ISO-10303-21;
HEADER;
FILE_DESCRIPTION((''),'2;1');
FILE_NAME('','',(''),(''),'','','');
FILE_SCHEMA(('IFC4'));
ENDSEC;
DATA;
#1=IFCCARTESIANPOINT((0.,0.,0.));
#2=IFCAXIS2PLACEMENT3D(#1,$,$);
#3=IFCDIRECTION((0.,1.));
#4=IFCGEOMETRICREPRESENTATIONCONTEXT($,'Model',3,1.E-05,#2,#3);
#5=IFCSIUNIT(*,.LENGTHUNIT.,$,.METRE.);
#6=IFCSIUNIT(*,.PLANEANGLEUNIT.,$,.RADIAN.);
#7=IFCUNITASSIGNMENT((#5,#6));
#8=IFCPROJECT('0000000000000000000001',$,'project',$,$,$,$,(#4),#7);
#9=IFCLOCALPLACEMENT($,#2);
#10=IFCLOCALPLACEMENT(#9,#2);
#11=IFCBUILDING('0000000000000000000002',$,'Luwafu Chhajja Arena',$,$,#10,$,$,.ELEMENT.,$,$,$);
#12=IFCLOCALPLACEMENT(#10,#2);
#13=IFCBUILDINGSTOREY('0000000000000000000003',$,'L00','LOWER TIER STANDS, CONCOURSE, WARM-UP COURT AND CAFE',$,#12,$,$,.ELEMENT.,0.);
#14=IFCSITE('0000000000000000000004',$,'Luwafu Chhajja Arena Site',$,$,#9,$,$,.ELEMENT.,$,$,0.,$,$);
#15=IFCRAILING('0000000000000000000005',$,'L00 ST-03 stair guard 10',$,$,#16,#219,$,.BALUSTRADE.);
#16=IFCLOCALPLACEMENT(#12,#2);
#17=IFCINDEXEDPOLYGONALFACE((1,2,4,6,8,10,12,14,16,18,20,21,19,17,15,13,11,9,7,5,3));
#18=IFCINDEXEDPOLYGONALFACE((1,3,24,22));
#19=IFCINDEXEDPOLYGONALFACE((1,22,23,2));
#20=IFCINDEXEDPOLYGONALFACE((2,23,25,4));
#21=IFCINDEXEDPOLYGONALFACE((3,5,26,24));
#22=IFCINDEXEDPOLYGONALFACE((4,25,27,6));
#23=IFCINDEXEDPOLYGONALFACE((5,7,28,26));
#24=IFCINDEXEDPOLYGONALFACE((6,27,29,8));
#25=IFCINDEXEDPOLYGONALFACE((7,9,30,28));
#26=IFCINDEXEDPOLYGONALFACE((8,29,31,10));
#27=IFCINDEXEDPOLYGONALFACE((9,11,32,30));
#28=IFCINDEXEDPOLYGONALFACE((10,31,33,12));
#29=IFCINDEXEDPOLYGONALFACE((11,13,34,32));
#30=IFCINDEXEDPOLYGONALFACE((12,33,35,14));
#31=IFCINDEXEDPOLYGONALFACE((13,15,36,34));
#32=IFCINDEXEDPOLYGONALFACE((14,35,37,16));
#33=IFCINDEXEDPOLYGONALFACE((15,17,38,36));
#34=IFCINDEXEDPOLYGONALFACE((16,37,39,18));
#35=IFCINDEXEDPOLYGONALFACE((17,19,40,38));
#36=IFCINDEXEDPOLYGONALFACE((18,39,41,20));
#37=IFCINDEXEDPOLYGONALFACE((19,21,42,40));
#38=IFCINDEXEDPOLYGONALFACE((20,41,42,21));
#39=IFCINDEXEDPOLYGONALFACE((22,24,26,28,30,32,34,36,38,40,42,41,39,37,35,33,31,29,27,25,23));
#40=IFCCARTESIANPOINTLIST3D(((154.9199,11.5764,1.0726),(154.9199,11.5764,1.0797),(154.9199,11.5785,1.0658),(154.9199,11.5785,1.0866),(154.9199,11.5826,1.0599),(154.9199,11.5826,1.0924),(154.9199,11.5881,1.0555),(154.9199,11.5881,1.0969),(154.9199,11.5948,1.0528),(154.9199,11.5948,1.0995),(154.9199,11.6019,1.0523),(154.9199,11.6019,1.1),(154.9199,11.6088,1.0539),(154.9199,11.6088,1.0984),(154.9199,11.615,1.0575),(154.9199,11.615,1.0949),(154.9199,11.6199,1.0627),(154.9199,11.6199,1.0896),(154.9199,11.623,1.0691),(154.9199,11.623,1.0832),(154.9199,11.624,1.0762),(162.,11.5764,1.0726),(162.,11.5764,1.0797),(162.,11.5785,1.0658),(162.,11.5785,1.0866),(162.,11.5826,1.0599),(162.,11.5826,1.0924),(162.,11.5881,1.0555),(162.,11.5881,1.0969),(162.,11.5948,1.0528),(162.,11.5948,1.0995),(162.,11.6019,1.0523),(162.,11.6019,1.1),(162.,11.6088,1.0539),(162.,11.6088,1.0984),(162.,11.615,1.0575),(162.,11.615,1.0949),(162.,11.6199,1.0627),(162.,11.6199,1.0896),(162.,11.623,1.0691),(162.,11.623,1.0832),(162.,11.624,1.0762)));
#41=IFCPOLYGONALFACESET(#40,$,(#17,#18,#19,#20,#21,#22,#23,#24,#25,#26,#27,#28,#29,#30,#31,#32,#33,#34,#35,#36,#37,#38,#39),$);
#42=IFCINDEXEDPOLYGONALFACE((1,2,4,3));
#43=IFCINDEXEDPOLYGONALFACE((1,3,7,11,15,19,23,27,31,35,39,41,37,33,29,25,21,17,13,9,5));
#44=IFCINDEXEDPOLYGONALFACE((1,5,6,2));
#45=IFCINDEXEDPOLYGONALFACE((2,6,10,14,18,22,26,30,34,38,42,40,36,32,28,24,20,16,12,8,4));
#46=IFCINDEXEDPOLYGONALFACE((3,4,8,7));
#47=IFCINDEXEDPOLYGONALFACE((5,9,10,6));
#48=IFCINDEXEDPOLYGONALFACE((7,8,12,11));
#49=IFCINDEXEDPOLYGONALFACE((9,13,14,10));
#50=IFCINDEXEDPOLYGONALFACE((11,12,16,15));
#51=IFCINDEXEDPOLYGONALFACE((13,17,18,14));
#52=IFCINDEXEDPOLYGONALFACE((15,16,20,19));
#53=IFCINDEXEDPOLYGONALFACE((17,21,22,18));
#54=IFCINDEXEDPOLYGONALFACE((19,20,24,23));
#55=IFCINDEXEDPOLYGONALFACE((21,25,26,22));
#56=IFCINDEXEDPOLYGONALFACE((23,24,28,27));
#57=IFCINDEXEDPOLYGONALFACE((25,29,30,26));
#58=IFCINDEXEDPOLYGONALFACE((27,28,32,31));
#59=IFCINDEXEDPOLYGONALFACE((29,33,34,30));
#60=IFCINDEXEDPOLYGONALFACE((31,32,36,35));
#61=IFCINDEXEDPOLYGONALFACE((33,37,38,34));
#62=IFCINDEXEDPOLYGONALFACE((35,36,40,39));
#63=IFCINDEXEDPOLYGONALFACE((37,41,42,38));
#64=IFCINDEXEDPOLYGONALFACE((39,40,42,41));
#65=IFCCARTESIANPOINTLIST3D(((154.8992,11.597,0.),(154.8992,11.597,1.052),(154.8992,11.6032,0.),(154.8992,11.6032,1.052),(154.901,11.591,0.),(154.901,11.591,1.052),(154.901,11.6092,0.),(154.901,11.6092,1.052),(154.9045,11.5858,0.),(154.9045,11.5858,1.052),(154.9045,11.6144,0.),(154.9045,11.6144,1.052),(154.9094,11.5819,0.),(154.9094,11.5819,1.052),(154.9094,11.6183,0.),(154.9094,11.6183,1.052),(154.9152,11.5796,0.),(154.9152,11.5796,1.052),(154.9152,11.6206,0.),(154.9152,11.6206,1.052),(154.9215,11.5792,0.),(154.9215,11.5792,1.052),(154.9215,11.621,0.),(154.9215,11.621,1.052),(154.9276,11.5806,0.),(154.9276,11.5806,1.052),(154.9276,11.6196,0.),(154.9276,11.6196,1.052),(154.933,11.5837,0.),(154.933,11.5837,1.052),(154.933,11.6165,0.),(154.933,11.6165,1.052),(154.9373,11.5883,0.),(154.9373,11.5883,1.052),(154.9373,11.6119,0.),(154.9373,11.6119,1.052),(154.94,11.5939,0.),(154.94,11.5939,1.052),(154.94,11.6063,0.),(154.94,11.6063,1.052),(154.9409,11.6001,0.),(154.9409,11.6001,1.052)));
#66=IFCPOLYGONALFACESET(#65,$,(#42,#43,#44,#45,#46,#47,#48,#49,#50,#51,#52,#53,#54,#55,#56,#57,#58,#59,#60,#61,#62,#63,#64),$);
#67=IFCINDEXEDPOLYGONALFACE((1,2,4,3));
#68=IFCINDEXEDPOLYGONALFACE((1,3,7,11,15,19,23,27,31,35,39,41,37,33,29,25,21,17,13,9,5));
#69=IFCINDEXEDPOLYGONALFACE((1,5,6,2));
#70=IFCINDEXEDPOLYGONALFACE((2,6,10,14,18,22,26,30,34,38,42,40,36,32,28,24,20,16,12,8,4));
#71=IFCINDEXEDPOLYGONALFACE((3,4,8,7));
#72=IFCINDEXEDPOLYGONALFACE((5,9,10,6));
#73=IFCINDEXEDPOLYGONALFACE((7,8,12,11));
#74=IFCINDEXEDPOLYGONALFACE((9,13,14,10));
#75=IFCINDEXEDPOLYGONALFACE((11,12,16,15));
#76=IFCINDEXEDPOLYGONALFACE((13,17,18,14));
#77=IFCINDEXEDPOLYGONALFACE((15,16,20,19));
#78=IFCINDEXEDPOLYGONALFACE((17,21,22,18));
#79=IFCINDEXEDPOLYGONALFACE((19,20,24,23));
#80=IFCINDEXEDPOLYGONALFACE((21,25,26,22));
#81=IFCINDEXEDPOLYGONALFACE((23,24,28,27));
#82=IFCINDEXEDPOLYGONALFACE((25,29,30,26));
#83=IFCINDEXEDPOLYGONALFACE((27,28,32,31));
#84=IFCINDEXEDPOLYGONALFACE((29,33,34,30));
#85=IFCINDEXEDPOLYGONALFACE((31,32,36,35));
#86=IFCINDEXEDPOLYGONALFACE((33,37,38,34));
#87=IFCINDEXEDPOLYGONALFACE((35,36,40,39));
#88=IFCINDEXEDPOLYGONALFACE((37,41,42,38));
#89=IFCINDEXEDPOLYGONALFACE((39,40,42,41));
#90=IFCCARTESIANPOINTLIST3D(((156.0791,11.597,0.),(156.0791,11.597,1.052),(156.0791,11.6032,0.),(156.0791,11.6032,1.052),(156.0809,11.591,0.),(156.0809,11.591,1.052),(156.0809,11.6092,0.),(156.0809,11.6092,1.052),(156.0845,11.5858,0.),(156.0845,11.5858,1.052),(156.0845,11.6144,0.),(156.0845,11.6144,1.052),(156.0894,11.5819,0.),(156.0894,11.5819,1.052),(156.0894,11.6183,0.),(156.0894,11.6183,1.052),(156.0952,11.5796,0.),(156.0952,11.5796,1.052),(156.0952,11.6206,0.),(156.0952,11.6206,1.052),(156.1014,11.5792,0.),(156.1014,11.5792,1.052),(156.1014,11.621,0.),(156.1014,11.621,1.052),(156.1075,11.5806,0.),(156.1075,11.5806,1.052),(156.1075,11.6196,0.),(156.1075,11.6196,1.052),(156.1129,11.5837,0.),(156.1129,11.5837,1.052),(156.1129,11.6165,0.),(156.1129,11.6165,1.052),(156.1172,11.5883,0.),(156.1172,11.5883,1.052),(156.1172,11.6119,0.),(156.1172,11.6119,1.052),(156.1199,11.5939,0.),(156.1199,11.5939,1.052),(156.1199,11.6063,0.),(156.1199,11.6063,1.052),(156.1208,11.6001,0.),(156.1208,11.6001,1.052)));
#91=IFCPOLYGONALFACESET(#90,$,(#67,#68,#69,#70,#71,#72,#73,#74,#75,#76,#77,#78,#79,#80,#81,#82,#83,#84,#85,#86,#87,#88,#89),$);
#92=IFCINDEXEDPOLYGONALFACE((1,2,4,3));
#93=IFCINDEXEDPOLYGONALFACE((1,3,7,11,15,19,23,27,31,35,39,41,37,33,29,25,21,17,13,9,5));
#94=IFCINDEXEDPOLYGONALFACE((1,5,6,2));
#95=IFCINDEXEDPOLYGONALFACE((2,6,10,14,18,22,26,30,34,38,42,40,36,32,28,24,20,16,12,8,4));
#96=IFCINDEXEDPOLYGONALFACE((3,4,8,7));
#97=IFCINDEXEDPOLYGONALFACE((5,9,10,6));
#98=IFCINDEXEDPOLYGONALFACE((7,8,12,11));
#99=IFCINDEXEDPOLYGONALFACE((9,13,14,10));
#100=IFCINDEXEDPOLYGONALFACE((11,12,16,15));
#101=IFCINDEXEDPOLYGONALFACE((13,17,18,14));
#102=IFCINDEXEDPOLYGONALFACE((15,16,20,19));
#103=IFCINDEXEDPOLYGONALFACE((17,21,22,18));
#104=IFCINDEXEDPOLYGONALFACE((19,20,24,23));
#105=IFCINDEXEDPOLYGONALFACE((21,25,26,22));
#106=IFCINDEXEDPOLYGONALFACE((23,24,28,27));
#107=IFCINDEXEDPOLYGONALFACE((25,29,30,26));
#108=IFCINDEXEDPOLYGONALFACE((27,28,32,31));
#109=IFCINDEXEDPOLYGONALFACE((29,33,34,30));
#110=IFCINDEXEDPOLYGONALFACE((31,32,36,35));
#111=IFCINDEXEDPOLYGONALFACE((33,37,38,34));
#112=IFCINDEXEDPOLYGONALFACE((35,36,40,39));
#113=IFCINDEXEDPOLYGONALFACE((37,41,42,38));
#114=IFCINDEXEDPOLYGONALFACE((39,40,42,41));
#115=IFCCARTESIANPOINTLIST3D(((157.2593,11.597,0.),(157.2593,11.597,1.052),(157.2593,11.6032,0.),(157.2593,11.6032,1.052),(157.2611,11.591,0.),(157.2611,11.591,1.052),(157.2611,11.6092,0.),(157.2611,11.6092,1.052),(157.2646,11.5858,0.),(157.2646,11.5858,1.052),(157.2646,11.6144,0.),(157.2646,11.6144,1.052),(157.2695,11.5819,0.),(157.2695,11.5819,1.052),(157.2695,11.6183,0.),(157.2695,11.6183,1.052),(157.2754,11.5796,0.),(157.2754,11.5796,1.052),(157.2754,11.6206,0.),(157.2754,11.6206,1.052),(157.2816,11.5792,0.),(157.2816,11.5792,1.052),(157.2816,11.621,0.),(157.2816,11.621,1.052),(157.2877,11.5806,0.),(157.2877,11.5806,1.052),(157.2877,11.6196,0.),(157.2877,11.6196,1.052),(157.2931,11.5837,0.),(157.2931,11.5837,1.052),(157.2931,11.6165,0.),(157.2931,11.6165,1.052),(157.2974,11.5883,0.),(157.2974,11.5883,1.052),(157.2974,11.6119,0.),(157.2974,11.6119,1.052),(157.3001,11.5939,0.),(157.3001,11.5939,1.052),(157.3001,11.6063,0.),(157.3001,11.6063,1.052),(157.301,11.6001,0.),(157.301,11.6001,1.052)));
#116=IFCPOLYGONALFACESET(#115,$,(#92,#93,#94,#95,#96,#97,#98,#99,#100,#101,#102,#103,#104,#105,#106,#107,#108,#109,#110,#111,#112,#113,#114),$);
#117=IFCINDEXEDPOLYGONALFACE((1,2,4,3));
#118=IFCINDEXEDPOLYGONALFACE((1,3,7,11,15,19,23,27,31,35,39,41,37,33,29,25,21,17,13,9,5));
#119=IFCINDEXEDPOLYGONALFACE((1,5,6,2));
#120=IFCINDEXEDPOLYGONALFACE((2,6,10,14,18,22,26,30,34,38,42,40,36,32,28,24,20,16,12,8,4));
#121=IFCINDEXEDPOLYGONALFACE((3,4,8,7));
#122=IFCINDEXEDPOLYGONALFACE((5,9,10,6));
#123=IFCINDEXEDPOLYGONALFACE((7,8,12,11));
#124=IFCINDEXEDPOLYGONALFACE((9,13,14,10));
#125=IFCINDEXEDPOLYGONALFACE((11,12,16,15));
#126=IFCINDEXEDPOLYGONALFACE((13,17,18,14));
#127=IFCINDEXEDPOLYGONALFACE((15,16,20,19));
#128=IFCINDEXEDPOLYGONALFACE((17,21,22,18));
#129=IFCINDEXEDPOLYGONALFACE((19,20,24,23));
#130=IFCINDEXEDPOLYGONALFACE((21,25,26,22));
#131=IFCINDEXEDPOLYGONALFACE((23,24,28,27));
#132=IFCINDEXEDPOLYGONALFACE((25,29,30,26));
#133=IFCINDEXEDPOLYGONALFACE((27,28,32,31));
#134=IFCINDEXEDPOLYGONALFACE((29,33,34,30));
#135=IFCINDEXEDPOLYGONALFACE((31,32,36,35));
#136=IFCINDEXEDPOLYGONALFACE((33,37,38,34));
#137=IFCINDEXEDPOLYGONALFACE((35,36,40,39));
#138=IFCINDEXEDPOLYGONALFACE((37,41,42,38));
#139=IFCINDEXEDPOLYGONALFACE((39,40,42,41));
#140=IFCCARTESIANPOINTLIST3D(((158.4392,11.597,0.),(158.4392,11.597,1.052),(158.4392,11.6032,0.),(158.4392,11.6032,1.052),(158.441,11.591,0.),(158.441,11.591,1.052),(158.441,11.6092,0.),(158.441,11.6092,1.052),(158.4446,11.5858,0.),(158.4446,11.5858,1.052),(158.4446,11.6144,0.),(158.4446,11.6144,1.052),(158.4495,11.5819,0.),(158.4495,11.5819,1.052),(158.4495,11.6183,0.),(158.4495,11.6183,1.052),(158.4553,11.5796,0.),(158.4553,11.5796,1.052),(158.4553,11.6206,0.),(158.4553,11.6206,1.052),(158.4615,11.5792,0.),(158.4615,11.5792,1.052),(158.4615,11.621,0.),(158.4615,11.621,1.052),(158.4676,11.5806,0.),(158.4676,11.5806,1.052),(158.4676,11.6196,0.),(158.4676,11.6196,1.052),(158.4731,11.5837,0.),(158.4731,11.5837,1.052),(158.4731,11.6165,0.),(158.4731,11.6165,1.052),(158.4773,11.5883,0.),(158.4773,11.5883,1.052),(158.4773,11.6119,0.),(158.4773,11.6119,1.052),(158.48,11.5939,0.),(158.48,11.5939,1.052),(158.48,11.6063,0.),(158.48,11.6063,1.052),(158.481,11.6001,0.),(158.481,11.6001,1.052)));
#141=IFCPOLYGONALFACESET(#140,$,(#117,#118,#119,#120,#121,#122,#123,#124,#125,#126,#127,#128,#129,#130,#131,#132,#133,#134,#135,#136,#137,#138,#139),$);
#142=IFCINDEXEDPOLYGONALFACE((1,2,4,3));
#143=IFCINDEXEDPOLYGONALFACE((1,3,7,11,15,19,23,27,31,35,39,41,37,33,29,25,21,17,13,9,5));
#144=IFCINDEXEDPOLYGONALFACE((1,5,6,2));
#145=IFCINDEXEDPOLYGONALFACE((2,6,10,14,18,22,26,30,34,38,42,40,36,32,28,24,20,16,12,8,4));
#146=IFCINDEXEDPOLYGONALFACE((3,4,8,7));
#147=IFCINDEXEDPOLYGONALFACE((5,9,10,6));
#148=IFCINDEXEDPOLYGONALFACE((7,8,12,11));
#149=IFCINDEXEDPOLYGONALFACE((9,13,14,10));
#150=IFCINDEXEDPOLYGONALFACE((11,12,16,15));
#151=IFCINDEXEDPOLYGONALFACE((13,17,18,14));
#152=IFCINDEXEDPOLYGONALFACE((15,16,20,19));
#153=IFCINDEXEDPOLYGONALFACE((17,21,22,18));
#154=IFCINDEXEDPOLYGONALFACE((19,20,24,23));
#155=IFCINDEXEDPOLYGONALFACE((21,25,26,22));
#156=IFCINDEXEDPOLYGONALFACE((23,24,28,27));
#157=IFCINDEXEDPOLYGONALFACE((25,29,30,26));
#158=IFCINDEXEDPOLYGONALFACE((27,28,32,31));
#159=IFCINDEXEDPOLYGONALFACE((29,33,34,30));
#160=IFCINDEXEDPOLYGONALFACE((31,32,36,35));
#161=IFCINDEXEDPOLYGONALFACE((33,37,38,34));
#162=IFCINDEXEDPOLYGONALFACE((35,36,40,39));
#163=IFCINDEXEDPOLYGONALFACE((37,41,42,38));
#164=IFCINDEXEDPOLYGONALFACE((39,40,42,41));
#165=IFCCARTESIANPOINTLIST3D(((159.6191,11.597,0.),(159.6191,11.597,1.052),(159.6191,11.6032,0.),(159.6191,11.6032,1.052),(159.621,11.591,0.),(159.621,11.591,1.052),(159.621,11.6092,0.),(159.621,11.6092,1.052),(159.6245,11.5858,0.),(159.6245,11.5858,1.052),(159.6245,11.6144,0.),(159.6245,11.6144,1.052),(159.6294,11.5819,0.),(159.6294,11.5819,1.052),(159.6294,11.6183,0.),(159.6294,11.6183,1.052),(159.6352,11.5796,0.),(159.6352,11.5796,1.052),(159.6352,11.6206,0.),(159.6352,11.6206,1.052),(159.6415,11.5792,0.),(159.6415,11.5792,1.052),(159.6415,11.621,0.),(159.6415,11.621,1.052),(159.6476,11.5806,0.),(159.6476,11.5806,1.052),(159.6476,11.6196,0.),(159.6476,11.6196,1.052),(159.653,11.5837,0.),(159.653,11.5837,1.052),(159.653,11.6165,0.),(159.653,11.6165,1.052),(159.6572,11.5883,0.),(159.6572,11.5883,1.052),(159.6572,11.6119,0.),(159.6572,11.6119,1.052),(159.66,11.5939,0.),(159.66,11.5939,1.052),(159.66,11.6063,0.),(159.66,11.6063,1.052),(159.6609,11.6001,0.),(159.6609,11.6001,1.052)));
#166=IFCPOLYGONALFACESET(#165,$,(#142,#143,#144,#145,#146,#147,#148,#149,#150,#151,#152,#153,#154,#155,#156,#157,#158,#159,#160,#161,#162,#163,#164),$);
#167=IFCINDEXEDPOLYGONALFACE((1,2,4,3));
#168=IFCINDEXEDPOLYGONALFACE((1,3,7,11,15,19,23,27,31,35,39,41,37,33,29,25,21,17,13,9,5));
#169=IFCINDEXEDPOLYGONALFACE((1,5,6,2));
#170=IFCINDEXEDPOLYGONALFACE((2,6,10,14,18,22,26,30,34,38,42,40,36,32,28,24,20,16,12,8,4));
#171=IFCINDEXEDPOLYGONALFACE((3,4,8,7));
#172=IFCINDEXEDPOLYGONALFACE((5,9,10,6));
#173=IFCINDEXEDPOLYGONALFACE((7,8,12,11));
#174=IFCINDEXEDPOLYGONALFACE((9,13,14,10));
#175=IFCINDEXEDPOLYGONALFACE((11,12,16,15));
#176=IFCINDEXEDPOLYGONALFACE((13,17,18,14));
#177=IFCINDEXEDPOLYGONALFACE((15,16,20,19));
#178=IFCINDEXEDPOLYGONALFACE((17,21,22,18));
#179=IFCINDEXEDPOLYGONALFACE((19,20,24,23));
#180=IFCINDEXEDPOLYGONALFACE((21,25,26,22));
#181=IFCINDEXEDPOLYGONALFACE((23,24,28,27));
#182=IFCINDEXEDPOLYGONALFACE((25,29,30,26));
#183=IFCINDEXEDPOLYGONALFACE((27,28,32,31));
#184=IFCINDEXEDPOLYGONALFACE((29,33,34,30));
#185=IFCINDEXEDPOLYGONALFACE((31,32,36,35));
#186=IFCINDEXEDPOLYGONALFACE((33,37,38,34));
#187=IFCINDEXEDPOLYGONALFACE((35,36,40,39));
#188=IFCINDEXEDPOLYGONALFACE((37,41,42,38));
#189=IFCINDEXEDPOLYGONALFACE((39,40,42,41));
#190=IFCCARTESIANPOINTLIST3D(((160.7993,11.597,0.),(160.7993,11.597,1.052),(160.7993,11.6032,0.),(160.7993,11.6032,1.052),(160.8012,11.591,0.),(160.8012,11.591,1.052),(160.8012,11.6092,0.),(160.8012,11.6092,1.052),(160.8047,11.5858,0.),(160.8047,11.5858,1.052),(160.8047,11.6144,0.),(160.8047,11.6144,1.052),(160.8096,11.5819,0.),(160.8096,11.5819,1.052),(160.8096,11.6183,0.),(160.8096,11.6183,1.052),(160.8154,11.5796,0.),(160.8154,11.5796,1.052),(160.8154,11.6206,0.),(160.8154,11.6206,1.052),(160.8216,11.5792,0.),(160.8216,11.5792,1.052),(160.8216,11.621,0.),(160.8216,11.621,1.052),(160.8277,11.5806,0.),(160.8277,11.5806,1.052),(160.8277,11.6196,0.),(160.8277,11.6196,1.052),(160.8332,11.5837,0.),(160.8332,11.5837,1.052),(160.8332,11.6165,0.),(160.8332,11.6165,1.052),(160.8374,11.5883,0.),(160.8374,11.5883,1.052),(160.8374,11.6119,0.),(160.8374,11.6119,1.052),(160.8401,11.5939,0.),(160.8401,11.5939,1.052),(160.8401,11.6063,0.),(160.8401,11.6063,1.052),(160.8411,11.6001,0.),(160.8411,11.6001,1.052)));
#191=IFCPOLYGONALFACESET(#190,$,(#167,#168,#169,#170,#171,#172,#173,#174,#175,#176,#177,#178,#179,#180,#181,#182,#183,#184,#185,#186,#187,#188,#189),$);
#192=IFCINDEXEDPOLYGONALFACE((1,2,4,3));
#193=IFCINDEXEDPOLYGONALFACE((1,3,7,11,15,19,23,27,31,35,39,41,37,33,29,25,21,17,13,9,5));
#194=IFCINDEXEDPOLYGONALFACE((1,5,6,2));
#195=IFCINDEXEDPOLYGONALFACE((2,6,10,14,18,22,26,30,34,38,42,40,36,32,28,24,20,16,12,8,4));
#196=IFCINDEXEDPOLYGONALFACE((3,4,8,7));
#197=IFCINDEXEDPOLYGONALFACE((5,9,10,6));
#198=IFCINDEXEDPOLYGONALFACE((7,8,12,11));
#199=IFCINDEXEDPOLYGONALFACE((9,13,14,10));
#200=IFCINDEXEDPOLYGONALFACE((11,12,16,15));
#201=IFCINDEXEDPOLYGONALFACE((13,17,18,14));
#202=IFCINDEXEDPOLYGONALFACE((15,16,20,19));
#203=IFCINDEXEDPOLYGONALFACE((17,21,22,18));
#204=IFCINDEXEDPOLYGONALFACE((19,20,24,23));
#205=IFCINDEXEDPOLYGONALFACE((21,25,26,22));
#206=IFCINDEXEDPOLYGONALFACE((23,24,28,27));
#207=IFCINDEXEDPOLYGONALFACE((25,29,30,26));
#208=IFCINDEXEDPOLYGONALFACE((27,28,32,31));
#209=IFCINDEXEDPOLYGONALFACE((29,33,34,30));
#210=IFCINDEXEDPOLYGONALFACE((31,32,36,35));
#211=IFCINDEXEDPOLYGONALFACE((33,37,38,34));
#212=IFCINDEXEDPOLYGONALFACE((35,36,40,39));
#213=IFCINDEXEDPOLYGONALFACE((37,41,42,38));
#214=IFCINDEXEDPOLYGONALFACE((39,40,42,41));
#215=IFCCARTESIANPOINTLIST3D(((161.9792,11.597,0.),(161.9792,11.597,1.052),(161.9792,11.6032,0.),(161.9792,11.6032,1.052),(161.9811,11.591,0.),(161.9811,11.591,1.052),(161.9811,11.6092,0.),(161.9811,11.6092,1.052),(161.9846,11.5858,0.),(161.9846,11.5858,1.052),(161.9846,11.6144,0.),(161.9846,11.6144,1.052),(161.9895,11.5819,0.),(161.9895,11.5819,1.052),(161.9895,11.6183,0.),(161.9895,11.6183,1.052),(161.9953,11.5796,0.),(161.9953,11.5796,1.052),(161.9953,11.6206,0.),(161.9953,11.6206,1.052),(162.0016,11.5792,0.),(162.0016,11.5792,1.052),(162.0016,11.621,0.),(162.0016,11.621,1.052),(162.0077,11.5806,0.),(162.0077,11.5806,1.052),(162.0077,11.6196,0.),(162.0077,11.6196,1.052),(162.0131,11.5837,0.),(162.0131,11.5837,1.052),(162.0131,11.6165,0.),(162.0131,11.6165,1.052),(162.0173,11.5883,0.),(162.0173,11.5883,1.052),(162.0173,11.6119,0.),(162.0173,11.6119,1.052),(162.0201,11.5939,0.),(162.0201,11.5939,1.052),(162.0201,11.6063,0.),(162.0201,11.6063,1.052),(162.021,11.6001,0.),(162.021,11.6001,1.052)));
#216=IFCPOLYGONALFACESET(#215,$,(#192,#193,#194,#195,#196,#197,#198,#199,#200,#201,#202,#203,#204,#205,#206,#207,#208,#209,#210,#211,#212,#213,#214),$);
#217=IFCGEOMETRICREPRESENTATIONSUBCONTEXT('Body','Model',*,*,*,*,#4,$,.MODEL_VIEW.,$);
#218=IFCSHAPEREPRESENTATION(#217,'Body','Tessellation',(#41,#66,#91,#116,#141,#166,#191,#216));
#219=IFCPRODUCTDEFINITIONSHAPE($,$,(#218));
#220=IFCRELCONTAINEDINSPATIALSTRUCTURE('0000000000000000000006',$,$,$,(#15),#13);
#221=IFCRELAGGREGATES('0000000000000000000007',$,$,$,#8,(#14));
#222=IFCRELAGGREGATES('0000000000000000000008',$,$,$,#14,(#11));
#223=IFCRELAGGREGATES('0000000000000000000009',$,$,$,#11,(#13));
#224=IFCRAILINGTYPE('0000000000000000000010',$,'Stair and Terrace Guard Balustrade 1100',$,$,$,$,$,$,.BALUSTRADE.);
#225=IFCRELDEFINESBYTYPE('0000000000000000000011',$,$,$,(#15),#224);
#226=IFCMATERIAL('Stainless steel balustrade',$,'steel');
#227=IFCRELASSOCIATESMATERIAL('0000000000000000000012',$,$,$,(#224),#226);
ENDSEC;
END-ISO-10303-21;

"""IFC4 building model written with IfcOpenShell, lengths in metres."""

from ifc_helpers import new_model, si_unit, direction, frame, origin, origin_2d, place, context, subcontext, project, spatial, circle, extrude, material, type_object, element, save


model = new_model("IFC4")

# Units and contexts
model_context = context("Model", 3, precision=1e-05, world=origin(), true_north=direction((0.0, 1.0)))
body_context = subcontext(model_context, "Body", "Model", "MODEL_VIEW")
ifc_project = project(units=[si_unit("LENGTHUNIT", "METRE"), si_unit("PLANEANGLEUNIT", "RADIAN")], contexts=[model_context])

# Site, building, storey
site_placement = place(None, origin())
site = spatial("IfcSite", under=ifc_project, at=site_placement, Name="Luwafu Chhajja Arena Site", CompositionType="ELEMENT", RefElevation=0.0)
building_placement = place(site_placement, origin())
building = spatial("IfcBuilding", under=site, at=building_placement, Name="Luwafu Chhajja Arena", CompositionType="ELEMENT")
storey_placement = place(building_placement, origin())
storey = spatial("IfcBuildingStorey", under=building, at=storey_placement, Name="L00", Description="LOWER TIER STANDS, CONCOURSE, WARM-UP COURT AND CAFE", CompositionType="ELEMENT", Elevation=0.0)

# Railing
ifc_material_1 = material(Name="Stainless steel balustrade", Category="steel")
railing_type = type_object("IfcRailingType", Name="Stair and Terrace Guard Balustrade 1100", PredefinedType="BALUSTRADE", material=ifc_material_1)
for number, where, name in (
    (1, (154.9199, 11.6001, 0.0), "L00 ST-03 stair guard 10"),
):
    element("IfcRailing", number, at=place(storey_placement, frame(where)), inside=storey, type_object=railing_type, Name=name, PredefinedType="BALUSTRADE", context=body_context, shape_type="SweptSolid", body=[
        extrude(circle(Radius=0.0239, at=origin_2d()), frame((0.0, 0.0, 1.0762), z_axis=(1.0, 0.0, 0.0), x_axis=(0.0, 1.0, 0.0)), (0.0, 0.0, 1.0), 7.0801),
        extrude(circle(Radius=0.021, at=origin_2d()), origin(), (0.0, 0.0, 1.0), 1.052),
        extrude(circle(Radius=0.021, at=origin_2d()), frame((1.1799, 0.0, 0.0)), (0.0, 0.0, 1.0), 1.052),
        extrude(circle(Radius=0.021, at=origin_2d()), frame((2.3601, 0.0, 0.0)), (0.0, 0.0, 1.0), 1.052),
        extrude(circle(Radius=0.021, at=origin_2d()), frame((3.54, 0.0, 0.0)), (0.0, 0.0, 1.0), 1.052),
        extrude(circle(Radius=0.021, at=origin_2d()), frame((4.72, 0.0, 0.0)), (0.0, 0.0, 1.0), 1.052),
        extrude(circle(Radius=0.021, at=origin_2d()), frame((5.9001, 0.0, 0.0)), (0.0, 0.0, 1.0), 1.052),
        extrude(circle(Radius=0.021, at=origin_2d()), frame((7.0801, 0.0, 0.0)), (0.0, 0.0, 1.0), 1.052),
    ])

save(model, "model.ifc")
